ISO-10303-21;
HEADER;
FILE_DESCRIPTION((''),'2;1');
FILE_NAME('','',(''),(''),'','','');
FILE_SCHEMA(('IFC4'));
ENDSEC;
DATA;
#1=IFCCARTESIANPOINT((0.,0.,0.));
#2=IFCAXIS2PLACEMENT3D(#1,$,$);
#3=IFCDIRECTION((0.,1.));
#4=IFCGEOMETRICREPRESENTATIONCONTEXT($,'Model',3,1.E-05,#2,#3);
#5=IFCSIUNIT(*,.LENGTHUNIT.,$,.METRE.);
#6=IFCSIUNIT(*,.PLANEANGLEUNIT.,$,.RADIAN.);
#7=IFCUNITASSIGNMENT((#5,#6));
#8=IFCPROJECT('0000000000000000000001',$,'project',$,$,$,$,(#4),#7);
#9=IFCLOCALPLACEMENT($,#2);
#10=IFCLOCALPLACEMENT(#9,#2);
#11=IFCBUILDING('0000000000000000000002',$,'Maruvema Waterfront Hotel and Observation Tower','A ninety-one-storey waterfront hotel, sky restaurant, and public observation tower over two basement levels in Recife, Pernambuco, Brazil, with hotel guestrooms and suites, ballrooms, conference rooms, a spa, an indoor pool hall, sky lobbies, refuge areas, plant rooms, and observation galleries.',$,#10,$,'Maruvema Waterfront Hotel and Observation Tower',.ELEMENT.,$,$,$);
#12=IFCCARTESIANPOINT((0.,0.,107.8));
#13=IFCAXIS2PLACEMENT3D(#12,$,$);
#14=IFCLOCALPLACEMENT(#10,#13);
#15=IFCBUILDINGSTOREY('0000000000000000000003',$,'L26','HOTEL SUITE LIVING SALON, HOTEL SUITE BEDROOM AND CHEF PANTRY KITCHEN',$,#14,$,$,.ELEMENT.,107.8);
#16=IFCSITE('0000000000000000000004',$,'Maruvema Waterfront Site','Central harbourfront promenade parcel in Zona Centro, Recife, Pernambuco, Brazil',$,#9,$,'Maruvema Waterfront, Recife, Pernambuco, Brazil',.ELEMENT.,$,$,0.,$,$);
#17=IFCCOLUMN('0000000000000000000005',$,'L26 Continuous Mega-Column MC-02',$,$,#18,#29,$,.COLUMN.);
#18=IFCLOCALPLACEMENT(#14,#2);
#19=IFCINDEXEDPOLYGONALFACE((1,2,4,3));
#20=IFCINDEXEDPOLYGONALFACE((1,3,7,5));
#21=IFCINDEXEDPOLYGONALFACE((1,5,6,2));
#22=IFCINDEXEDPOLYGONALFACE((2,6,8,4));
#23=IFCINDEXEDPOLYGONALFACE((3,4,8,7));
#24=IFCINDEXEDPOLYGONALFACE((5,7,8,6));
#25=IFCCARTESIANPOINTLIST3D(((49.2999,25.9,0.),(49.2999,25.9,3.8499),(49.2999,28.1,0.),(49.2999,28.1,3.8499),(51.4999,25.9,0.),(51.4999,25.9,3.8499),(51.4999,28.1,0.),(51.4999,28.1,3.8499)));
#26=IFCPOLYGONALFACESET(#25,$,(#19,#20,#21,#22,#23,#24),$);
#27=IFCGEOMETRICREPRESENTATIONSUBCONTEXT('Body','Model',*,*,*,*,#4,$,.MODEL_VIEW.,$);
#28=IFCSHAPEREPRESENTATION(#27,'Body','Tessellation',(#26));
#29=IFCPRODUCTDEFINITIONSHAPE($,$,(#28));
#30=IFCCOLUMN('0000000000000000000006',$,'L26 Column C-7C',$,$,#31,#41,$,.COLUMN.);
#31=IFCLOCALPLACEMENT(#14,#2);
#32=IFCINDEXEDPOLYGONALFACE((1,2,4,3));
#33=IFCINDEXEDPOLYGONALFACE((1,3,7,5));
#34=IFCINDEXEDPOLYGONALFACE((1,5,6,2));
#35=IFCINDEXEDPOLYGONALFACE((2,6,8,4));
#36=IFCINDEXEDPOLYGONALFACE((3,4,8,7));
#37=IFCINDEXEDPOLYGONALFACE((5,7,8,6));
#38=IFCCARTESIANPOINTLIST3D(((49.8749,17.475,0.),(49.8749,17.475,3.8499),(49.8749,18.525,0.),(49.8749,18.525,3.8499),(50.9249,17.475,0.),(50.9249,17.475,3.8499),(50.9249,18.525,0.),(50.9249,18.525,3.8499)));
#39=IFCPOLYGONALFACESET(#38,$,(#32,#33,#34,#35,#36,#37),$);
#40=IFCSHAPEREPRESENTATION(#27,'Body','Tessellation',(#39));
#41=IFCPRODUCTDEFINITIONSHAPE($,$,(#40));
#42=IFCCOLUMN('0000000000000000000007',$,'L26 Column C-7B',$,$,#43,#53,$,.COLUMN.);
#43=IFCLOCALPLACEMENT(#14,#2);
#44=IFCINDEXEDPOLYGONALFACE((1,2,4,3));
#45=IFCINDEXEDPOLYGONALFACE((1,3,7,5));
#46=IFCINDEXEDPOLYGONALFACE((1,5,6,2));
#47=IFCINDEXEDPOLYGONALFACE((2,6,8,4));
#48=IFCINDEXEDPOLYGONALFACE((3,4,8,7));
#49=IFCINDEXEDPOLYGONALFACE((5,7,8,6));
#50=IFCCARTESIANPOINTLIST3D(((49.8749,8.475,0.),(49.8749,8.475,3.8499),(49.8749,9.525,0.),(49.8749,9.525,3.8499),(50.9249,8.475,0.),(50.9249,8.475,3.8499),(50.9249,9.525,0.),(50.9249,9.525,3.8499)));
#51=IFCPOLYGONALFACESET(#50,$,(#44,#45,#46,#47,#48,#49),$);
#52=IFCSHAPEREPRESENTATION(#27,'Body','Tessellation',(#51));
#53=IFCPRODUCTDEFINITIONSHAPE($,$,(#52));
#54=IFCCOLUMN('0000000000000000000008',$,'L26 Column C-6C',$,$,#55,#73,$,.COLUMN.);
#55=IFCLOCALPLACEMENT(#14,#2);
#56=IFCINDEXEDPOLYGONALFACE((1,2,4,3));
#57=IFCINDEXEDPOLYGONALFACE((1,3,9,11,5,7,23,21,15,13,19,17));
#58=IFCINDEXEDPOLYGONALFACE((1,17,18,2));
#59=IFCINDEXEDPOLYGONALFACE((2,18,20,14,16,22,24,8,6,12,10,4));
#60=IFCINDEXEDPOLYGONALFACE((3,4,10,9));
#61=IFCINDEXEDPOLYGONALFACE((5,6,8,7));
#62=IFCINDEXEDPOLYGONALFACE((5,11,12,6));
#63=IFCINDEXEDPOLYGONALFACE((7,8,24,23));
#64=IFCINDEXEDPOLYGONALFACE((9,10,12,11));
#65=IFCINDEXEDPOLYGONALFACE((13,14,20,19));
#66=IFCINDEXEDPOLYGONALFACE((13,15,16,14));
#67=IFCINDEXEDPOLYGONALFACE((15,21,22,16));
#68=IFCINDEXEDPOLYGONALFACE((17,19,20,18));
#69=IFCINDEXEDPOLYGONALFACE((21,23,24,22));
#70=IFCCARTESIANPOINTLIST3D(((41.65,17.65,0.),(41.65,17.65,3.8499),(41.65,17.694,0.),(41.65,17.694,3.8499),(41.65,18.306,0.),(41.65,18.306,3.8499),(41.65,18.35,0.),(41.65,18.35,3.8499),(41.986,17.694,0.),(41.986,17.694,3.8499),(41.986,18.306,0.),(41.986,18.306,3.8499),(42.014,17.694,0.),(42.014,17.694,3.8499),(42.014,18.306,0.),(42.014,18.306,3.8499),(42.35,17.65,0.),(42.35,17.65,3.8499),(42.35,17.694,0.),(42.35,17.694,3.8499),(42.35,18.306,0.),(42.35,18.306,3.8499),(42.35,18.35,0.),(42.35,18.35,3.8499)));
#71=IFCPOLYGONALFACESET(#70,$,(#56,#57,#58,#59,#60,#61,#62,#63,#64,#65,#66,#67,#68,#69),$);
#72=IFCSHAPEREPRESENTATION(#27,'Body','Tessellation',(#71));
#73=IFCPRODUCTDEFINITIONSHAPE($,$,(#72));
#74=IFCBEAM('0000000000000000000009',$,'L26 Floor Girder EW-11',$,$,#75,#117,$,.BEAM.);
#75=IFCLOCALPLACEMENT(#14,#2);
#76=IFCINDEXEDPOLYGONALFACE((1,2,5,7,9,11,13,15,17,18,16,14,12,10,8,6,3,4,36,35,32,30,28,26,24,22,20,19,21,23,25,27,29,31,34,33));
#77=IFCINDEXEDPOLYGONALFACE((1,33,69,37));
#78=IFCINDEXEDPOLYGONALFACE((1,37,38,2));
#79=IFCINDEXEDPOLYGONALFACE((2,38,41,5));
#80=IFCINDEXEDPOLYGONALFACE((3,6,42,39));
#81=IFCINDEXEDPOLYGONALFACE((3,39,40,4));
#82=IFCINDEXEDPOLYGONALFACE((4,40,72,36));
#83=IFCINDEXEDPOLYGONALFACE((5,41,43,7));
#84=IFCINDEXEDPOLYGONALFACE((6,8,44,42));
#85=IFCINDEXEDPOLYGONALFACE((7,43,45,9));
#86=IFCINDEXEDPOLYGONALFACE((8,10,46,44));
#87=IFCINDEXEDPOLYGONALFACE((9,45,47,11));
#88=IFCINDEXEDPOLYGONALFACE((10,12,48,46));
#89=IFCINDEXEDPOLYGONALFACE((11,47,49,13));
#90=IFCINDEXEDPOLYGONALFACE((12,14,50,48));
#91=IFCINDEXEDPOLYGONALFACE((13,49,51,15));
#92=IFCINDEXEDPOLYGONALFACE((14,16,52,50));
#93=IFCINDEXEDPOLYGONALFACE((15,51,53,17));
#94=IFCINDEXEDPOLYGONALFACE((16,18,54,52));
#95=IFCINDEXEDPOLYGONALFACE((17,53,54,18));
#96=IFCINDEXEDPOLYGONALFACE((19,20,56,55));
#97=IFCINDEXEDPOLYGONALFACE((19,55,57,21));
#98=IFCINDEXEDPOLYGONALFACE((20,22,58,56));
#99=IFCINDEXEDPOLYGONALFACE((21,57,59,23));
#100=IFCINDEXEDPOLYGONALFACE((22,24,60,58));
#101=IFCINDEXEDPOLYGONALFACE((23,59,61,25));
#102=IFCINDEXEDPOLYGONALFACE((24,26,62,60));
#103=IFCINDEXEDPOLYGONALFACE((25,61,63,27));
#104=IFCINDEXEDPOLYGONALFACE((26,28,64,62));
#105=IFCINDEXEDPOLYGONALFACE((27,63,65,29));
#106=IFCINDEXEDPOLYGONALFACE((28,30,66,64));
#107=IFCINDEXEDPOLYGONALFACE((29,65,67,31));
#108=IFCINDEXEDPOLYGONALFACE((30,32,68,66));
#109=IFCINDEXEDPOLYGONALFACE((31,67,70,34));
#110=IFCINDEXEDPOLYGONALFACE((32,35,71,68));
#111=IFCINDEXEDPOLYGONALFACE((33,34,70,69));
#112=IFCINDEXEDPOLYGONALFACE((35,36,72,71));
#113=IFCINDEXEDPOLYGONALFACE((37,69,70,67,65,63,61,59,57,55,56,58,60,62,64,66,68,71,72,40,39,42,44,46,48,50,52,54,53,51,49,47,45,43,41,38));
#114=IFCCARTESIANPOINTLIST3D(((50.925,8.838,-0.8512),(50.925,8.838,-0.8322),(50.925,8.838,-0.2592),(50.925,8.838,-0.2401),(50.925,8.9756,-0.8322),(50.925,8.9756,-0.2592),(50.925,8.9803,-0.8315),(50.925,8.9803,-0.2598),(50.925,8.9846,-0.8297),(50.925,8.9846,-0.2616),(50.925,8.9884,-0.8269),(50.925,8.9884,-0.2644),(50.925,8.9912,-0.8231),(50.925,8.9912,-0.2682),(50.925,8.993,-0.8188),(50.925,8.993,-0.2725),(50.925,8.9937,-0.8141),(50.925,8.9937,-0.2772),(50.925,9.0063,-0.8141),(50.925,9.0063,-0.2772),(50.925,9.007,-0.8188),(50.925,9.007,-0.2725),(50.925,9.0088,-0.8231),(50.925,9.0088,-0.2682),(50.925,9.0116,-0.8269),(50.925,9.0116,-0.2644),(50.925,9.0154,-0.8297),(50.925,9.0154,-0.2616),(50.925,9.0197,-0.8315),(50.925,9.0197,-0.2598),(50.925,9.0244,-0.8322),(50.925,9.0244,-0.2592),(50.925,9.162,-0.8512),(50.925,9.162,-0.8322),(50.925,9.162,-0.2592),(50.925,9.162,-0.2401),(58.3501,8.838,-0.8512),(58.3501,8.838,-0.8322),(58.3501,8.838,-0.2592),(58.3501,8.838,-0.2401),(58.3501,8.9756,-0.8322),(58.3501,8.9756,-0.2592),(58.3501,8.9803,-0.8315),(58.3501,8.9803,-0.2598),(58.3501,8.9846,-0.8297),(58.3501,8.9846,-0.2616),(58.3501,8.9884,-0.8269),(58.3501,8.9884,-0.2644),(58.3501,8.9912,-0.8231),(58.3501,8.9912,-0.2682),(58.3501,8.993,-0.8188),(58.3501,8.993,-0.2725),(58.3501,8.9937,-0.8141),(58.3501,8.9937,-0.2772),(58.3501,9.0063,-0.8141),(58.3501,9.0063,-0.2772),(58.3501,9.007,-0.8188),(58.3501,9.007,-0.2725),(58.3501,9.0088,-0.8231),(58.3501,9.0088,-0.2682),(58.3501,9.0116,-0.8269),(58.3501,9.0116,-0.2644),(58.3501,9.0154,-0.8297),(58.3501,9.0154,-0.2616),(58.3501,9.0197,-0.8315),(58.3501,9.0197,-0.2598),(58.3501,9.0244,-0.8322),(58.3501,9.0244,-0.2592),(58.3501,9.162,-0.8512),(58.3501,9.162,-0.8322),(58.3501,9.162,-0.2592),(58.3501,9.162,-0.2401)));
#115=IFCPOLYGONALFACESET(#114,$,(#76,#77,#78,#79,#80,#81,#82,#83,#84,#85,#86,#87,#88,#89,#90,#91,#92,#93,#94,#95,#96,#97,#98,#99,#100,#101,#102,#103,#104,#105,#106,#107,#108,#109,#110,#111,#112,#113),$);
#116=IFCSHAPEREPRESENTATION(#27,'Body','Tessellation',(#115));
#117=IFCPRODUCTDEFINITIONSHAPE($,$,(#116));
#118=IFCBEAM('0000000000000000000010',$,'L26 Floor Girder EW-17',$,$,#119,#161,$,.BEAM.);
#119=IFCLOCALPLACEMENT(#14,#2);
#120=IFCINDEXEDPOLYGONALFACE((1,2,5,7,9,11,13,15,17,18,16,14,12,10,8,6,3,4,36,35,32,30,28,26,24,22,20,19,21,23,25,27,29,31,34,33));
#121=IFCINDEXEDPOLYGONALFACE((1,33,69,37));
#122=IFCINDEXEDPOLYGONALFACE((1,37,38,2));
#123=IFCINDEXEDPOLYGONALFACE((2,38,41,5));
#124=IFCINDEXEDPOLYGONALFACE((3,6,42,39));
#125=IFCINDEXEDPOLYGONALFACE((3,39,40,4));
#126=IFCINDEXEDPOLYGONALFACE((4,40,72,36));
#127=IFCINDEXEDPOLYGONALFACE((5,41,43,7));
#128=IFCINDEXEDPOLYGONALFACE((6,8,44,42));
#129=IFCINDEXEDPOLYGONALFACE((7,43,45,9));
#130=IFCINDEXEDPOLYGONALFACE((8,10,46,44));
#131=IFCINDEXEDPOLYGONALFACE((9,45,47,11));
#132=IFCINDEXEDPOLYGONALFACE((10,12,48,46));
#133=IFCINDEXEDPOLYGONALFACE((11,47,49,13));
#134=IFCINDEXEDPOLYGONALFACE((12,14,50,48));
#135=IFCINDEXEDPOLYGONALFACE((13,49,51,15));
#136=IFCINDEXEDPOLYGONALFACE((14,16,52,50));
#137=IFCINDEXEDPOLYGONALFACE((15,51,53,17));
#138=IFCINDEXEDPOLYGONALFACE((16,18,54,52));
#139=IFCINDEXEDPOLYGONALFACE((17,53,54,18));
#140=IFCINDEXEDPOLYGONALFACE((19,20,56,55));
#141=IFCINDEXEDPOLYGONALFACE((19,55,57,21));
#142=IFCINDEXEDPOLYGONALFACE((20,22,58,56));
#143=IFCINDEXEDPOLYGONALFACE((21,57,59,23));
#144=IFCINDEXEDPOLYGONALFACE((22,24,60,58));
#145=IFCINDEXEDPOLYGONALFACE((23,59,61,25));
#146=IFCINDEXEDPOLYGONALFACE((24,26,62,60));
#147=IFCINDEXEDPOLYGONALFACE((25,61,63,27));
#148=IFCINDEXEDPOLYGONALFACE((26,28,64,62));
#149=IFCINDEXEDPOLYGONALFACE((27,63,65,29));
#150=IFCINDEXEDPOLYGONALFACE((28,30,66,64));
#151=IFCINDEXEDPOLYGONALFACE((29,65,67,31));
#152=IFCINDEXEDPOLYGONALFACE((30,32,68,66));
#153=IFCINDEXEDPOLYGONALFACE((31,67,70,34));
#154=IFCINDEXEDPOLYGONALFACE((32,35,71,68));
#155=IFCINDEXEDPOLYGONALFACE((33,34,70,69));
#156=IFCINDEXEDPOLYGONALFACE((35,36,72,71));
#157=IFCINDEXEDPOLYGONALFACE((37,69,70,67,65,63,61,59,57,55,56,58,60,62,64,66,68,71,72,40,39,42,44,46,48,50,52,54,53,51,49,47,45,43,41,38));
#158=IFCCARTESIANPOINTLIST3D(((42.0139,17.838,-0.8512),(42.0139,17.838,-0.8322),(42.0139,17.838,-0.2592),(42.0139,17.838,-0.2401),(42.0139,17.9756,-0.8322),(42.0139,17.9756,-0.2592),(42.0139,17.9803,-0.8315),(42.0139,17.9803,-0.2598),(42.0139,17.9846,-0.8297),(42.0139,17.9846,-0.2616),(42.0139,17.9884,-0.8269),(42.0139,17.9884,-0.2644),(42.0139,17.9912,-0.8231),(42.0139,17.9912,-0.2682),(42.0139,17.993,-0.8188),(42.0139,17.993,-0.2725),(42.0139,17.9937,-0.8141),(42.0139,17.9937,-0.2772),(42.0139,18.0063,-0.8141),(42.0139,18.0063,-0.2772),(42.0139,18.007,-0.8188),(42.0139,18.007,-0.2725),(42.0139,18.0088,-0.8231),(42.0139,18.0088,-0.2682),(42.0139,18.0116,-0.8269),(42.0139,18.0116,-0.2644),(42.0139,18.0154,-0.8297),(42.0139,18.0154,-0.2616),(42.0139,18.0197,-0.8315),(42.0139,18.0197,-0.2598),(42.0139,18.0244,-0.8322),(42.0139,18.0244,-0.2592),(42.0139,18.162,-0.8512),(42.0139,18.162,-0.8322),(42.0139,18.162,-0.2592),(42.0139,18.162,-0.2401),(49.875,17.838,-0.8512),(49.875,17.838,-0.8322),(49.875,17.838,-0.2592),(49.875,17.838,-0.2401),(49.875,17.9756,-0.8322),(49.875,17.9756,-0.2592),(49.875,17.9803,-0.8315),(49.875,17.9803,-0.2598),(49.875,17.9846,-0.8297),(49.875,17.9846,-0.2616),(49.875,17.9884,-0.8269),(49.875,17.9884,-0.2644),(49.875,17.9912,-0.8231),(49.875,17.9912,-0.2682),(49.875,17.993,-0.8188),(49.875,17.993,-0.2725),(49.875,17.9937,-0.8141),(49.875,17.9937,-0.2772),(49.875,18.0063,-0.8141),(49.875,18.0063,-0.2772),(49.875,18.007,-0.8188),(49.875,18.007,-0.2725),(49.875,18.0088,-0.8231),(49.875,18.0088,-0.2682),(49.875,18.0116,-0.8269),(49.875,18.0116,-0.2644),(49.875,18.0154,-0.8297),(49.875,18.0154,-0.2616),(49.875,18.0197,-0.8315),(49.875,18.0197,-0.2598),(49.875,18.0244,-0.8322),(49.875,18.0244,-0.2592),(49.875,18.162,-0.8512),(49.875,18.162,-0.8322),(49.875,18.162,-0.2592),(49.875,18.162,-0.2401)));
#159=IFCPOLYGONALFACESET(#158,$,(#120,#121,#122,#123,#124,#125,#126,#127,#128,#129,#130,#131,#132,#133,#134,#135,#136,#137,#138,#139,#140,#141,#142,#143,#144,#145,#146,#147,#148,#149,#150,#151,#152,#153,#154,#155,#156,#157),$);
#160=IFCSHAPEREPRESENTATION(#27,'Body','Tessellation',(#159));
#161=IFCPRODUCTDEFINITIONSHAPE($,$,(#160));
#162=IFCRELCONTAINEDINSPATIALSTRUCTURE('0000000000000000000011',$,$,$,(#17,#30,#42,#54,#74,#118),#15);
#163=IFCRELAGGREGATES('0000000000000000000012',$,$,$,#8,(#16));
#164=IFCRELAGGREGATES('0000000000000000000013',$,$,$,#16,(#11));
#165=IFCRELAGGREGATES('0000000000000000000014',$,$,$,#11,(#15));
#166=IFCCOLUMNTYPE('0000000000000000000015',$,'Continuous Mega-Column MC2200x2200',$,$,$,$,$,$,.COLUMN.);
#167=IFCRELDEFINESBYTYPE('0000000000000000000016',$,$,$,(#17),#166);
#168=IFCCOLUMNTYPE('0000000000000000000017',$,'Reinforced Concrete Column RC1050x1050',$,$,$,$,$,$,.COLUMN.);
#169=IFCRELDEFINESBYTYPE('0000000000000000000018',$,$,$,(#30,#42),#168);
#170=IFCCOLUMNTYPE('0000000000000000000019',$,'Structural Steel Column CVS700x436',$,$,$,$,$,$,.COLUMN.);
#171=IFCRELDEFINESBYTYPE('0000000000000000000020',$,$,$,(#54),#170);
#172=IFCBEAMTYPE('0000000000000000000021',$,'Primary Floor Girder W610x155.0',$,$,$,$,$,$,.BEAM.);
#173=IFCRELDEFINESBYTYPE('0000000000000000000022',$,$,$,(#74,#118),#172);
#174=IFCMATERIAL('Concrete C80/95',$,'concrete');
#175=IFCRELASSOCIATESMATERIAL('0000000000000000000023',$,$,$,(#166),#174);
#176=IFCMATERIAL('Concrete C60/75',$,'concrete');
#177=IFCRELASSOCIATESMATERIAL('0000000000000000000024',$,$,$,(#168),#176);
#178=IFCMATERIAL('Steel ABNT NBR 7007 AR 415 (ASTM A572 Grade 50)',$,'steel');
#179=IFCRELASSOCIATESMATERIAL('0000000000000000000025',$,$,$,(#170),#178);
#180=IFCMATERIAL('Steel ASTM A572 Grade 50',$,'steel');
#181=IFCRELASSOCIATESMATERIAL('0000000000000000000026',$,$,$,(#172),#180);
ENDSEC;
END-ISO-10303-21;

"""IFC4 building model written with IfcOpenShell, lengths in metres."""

from ifc_helpers import new_model, si_unit, direction, frame, origin, origin_2d, place, context, subcontext, project, spatial, rectangle, i_section, extrude, material, material_profile, profile_set, type_object, element, save


model = new_model("IFC4")

# Units and contexts
model_context = context("Model", 3, precision=1e-05, world=origin(), true_north=direction((0.0, 1.0)))
body_context = subcontext(model_context, "Body", "Model", "MODEL_VIEW")
ifc_project = project(units=[si_unit("LENGTHUNIT", "METRE"), si_unit("PLANEANGLEUNIT", "RADIAN")], contexts=[model_context])

# Site, building, storey
site_placement = place(None, origin())
site = spatial("IfcSite", under=ifc_project, at=site_placement, Name="Maruvema Waterfront Site", Description="Central harbourfront promenade parcel in Zona Centro, Recife, Pernambuco, Brazil", LongName="Maruvema Waterfront, Recife, Pernambuco, Brazil", CompositionType="ELEMENT", RefElevation=0.0)
building_placement = place(site_placement, origin())
building = spatial("IfcBuilding", under=site, at=building_placement, Name="Maruvema Waterfront Hotel and Observation Tower", Description="A ninety-one-storey waterfront hotel, sky restaurant, and public observation tower over two basement levels in Recife, Pernambuco, Brazil, with hotel guestrooms and suites, ballrooms, conference rooms, a spa, an indoor pool hall, sky lobbies, refuge areas, plant rooms, and observation galleries.", LongName="Maruvema Waterfront Hotel and Observation Tower", CompositionType="ELEMENT")
storey_placement = place(building_placement, frame((0.0, 0.0, 107.8)))
storey = spatial("IfcBuildingStorey", under=building, at=storey_placement, Name="L26", Description="HOTEL SUITE LIVING SALON, HOTEL SUITE BEDROOM AND CHEF PANTRY KITCHEN", CompositionType="ELEMENT", Elevation=107.8)

# Columns
ifc_material_1 = material(Name="Concrete C80/95", Category="concrete")
ifc_material_profile_1 = material_profile(ifc_material_1, rectangle(XDim=2.2, YDim=2.2, at=origin_2d()), Name="MC2200x2200")
ifc_profile_set_1 = profile_set([ifc_material_profile_1], Name="Concrete C80/95")
column_type_1 = type_object("IfcColumnType", Name="Continuous Mega-Column MC2200x2200", PredefinedType="COLUMN", material=ifc_profile_set_1)
column_1_placement = place(storey_placement, frame((50.3999, 27.0, 0.0), z_axis=(0.0, 0.0, 1.0), x_axis=(1.0, 0.0, 0.0)))
element("IfcColumn", 1, at=column_1_placement, inside=storey, type_object=column_type_1, Name="L26 Continuous Mega-Column MC-02", PredefinedType="COLUMN", context=body_context, shape_type="SweptSolid", body=[
    extrude(rectangle(XDim=2.2, YDim=2.2, at=origin_2d()), origin(), (0.0, 0.0, 1.0), 3.8499),
])
ifc_material_2 = material(Name="Concrete C60/75", Category="concrete")
ifc_material_profile_2 = material_profile(ifc_material_2, rectangle(XDim=1.05, YDim=1.05, at=origin_2d()), Name="RC1050x1050")
ifc_profile_set_2 = profile_set([ifc_material_profile_2], Name="Concrete C60/75")
column_type_2 = type_object("IfcColumnType", Name="Reinforced Concrete Column RC1050x1050", PredefinedType="COLUMN", material=ifc_profile_set_2)
for number, where, z_axis, x_axis, name in (
    (2, (50.3999, 18.0, 0.0), (0.0, 0.0, 1.0), (1.0, 0.0, 0.0), "L26 Column C-7C"),
    (3, (50.3999, 9.0, 0.0), (0.0, 0.0, 1.0), (1.0, 0.0, 0.0), "L26 Column C-7B"),
):
    element("IfcColumn", number, at=place(storey_placement, frame(where, z_axis=z_axis, x_axis=x_axis)), inside=storey, type_object=column_type_2, Name=name, PredefinedType="COLUMN", context=body_context, shape_type="SweptSolid", body=[
        extrude(rectangle(XDim=1.05, YDim=1.05, at=origin_2d()), origin(), (0.0, 0.0, 1.0), 3.8499),
    ])
ifc_material_3 = material(Name="Steel ABNT NBR 7007 AR 415 (ASTM A572 Grade 50)", Category="steel")
ifc_material_profile_3 = material_profile(ifc_material_3, i_section(OverallWidth=0.7, OverallDepth=0.7, WebThickness=0.0281, FlangeThickness=0.0439, at=origin_2d()), Name="CVS700x436")
ifc_profile_set_3 = profile_set([ifc_material_profile_3], Name="Steel ABNT NBR 7007 AR 415 (ASTM A572 Grade 50)")
column_type_3 = type_object("IfcColumnType", Name="Structural Steel Column CVS700x436", PredefinedType="COLUMN", material=ifc_profile_set_3)
column_2_placement = place(storey_placement, frame((42.0, 18.0, 0.0), z_axis=(0.0, 0.0, 1.0), x_axis=(1.0, 0.0, 0.0)))
element("IfcColumn", 4, at=column_2_placement, inside=storey, type_object=column_type_3, Name="L26 Column C-6C", PredefinedType="COLUMN", context=body_context, shape_type="SweptSolid", body=[
    extrude(i_section(OverallWidth=0.7, OverallDepth=0.7, WebThickness=0.0281, FlangeThickness=0.0439, at=origin_2d()), origin(), (0.0, 0.0, 1.0), 3.8499),
])

# Beams
ifc_material_4 = material(Name="Steel ASTM A572 Grade 50", Category="steel")
ifc_material_profile_4 = material_profile(ifc_material_4, i_section(OverallWidth=0.324, OverallDepth=0.6111, WebThickness=0.0127, FlangeThickness=0.019, FilletRadius=0.0181, at=origin_2d()), Name="W610x155.0")
ifc_profile_set_4 = profile_set([ifc_material_profile_4], Name="Steel ASTM A572 Grade 50")
beam_type_1 = type_object("IfcBeamType", Name="Primary Floor Girder W610x155.0", PredefinedType="BEAM", material=ifc_profile_set_4)
beam_1_placement = place(storey_placement, frame((50.925, 9.0, -0.5457), z_axis=(1.0, 0.0, 0.0), x_axis=(0.0, 1.0, 0.0)))
element("IfcBeam", 5, at=beam_1_placement, inside=storey, type_object=beam_type_1, Name="L26 Floor Girder EW-11", PredefinedType="BEAM", context=body_context, shape_type="SweptSolid", body=[
    extrude(i_section(OverallWidth=0.324, OverallDepth=0.6111, WebThickness=0.0127, FlangeThickness=0.019, FilletRadius=0.0181, at=origin_2d()), origin(), (0.0, 0.0, 1.0), 7.425),
])
beam_2_placement = place(storey_placement, frame((42.0139, 18.0, -0.5457), z_axis=(1.0, 0.0, 0.0), x_axis=(0.0, 1.0, 0.0)))
element("IfcBeam", 6, at=beam_2_placement, inside=storey, type_object=beam_type_1, Name="L26 Floor Girder EW-17", PredefinedType="BEAM", context=body_context, shape_type="SweptSolid", body=[
    extrude(i_section(OverallWidth=0.324, OverallDepth=0.6111, WebThickness=0.0127, FlangeThickness=0.019, FilletRadius=0.0181, at=origin_2d()), origin(), (0.0, 0.0, 1.0), 7.8611),
])

save(model, "model.ifc")
